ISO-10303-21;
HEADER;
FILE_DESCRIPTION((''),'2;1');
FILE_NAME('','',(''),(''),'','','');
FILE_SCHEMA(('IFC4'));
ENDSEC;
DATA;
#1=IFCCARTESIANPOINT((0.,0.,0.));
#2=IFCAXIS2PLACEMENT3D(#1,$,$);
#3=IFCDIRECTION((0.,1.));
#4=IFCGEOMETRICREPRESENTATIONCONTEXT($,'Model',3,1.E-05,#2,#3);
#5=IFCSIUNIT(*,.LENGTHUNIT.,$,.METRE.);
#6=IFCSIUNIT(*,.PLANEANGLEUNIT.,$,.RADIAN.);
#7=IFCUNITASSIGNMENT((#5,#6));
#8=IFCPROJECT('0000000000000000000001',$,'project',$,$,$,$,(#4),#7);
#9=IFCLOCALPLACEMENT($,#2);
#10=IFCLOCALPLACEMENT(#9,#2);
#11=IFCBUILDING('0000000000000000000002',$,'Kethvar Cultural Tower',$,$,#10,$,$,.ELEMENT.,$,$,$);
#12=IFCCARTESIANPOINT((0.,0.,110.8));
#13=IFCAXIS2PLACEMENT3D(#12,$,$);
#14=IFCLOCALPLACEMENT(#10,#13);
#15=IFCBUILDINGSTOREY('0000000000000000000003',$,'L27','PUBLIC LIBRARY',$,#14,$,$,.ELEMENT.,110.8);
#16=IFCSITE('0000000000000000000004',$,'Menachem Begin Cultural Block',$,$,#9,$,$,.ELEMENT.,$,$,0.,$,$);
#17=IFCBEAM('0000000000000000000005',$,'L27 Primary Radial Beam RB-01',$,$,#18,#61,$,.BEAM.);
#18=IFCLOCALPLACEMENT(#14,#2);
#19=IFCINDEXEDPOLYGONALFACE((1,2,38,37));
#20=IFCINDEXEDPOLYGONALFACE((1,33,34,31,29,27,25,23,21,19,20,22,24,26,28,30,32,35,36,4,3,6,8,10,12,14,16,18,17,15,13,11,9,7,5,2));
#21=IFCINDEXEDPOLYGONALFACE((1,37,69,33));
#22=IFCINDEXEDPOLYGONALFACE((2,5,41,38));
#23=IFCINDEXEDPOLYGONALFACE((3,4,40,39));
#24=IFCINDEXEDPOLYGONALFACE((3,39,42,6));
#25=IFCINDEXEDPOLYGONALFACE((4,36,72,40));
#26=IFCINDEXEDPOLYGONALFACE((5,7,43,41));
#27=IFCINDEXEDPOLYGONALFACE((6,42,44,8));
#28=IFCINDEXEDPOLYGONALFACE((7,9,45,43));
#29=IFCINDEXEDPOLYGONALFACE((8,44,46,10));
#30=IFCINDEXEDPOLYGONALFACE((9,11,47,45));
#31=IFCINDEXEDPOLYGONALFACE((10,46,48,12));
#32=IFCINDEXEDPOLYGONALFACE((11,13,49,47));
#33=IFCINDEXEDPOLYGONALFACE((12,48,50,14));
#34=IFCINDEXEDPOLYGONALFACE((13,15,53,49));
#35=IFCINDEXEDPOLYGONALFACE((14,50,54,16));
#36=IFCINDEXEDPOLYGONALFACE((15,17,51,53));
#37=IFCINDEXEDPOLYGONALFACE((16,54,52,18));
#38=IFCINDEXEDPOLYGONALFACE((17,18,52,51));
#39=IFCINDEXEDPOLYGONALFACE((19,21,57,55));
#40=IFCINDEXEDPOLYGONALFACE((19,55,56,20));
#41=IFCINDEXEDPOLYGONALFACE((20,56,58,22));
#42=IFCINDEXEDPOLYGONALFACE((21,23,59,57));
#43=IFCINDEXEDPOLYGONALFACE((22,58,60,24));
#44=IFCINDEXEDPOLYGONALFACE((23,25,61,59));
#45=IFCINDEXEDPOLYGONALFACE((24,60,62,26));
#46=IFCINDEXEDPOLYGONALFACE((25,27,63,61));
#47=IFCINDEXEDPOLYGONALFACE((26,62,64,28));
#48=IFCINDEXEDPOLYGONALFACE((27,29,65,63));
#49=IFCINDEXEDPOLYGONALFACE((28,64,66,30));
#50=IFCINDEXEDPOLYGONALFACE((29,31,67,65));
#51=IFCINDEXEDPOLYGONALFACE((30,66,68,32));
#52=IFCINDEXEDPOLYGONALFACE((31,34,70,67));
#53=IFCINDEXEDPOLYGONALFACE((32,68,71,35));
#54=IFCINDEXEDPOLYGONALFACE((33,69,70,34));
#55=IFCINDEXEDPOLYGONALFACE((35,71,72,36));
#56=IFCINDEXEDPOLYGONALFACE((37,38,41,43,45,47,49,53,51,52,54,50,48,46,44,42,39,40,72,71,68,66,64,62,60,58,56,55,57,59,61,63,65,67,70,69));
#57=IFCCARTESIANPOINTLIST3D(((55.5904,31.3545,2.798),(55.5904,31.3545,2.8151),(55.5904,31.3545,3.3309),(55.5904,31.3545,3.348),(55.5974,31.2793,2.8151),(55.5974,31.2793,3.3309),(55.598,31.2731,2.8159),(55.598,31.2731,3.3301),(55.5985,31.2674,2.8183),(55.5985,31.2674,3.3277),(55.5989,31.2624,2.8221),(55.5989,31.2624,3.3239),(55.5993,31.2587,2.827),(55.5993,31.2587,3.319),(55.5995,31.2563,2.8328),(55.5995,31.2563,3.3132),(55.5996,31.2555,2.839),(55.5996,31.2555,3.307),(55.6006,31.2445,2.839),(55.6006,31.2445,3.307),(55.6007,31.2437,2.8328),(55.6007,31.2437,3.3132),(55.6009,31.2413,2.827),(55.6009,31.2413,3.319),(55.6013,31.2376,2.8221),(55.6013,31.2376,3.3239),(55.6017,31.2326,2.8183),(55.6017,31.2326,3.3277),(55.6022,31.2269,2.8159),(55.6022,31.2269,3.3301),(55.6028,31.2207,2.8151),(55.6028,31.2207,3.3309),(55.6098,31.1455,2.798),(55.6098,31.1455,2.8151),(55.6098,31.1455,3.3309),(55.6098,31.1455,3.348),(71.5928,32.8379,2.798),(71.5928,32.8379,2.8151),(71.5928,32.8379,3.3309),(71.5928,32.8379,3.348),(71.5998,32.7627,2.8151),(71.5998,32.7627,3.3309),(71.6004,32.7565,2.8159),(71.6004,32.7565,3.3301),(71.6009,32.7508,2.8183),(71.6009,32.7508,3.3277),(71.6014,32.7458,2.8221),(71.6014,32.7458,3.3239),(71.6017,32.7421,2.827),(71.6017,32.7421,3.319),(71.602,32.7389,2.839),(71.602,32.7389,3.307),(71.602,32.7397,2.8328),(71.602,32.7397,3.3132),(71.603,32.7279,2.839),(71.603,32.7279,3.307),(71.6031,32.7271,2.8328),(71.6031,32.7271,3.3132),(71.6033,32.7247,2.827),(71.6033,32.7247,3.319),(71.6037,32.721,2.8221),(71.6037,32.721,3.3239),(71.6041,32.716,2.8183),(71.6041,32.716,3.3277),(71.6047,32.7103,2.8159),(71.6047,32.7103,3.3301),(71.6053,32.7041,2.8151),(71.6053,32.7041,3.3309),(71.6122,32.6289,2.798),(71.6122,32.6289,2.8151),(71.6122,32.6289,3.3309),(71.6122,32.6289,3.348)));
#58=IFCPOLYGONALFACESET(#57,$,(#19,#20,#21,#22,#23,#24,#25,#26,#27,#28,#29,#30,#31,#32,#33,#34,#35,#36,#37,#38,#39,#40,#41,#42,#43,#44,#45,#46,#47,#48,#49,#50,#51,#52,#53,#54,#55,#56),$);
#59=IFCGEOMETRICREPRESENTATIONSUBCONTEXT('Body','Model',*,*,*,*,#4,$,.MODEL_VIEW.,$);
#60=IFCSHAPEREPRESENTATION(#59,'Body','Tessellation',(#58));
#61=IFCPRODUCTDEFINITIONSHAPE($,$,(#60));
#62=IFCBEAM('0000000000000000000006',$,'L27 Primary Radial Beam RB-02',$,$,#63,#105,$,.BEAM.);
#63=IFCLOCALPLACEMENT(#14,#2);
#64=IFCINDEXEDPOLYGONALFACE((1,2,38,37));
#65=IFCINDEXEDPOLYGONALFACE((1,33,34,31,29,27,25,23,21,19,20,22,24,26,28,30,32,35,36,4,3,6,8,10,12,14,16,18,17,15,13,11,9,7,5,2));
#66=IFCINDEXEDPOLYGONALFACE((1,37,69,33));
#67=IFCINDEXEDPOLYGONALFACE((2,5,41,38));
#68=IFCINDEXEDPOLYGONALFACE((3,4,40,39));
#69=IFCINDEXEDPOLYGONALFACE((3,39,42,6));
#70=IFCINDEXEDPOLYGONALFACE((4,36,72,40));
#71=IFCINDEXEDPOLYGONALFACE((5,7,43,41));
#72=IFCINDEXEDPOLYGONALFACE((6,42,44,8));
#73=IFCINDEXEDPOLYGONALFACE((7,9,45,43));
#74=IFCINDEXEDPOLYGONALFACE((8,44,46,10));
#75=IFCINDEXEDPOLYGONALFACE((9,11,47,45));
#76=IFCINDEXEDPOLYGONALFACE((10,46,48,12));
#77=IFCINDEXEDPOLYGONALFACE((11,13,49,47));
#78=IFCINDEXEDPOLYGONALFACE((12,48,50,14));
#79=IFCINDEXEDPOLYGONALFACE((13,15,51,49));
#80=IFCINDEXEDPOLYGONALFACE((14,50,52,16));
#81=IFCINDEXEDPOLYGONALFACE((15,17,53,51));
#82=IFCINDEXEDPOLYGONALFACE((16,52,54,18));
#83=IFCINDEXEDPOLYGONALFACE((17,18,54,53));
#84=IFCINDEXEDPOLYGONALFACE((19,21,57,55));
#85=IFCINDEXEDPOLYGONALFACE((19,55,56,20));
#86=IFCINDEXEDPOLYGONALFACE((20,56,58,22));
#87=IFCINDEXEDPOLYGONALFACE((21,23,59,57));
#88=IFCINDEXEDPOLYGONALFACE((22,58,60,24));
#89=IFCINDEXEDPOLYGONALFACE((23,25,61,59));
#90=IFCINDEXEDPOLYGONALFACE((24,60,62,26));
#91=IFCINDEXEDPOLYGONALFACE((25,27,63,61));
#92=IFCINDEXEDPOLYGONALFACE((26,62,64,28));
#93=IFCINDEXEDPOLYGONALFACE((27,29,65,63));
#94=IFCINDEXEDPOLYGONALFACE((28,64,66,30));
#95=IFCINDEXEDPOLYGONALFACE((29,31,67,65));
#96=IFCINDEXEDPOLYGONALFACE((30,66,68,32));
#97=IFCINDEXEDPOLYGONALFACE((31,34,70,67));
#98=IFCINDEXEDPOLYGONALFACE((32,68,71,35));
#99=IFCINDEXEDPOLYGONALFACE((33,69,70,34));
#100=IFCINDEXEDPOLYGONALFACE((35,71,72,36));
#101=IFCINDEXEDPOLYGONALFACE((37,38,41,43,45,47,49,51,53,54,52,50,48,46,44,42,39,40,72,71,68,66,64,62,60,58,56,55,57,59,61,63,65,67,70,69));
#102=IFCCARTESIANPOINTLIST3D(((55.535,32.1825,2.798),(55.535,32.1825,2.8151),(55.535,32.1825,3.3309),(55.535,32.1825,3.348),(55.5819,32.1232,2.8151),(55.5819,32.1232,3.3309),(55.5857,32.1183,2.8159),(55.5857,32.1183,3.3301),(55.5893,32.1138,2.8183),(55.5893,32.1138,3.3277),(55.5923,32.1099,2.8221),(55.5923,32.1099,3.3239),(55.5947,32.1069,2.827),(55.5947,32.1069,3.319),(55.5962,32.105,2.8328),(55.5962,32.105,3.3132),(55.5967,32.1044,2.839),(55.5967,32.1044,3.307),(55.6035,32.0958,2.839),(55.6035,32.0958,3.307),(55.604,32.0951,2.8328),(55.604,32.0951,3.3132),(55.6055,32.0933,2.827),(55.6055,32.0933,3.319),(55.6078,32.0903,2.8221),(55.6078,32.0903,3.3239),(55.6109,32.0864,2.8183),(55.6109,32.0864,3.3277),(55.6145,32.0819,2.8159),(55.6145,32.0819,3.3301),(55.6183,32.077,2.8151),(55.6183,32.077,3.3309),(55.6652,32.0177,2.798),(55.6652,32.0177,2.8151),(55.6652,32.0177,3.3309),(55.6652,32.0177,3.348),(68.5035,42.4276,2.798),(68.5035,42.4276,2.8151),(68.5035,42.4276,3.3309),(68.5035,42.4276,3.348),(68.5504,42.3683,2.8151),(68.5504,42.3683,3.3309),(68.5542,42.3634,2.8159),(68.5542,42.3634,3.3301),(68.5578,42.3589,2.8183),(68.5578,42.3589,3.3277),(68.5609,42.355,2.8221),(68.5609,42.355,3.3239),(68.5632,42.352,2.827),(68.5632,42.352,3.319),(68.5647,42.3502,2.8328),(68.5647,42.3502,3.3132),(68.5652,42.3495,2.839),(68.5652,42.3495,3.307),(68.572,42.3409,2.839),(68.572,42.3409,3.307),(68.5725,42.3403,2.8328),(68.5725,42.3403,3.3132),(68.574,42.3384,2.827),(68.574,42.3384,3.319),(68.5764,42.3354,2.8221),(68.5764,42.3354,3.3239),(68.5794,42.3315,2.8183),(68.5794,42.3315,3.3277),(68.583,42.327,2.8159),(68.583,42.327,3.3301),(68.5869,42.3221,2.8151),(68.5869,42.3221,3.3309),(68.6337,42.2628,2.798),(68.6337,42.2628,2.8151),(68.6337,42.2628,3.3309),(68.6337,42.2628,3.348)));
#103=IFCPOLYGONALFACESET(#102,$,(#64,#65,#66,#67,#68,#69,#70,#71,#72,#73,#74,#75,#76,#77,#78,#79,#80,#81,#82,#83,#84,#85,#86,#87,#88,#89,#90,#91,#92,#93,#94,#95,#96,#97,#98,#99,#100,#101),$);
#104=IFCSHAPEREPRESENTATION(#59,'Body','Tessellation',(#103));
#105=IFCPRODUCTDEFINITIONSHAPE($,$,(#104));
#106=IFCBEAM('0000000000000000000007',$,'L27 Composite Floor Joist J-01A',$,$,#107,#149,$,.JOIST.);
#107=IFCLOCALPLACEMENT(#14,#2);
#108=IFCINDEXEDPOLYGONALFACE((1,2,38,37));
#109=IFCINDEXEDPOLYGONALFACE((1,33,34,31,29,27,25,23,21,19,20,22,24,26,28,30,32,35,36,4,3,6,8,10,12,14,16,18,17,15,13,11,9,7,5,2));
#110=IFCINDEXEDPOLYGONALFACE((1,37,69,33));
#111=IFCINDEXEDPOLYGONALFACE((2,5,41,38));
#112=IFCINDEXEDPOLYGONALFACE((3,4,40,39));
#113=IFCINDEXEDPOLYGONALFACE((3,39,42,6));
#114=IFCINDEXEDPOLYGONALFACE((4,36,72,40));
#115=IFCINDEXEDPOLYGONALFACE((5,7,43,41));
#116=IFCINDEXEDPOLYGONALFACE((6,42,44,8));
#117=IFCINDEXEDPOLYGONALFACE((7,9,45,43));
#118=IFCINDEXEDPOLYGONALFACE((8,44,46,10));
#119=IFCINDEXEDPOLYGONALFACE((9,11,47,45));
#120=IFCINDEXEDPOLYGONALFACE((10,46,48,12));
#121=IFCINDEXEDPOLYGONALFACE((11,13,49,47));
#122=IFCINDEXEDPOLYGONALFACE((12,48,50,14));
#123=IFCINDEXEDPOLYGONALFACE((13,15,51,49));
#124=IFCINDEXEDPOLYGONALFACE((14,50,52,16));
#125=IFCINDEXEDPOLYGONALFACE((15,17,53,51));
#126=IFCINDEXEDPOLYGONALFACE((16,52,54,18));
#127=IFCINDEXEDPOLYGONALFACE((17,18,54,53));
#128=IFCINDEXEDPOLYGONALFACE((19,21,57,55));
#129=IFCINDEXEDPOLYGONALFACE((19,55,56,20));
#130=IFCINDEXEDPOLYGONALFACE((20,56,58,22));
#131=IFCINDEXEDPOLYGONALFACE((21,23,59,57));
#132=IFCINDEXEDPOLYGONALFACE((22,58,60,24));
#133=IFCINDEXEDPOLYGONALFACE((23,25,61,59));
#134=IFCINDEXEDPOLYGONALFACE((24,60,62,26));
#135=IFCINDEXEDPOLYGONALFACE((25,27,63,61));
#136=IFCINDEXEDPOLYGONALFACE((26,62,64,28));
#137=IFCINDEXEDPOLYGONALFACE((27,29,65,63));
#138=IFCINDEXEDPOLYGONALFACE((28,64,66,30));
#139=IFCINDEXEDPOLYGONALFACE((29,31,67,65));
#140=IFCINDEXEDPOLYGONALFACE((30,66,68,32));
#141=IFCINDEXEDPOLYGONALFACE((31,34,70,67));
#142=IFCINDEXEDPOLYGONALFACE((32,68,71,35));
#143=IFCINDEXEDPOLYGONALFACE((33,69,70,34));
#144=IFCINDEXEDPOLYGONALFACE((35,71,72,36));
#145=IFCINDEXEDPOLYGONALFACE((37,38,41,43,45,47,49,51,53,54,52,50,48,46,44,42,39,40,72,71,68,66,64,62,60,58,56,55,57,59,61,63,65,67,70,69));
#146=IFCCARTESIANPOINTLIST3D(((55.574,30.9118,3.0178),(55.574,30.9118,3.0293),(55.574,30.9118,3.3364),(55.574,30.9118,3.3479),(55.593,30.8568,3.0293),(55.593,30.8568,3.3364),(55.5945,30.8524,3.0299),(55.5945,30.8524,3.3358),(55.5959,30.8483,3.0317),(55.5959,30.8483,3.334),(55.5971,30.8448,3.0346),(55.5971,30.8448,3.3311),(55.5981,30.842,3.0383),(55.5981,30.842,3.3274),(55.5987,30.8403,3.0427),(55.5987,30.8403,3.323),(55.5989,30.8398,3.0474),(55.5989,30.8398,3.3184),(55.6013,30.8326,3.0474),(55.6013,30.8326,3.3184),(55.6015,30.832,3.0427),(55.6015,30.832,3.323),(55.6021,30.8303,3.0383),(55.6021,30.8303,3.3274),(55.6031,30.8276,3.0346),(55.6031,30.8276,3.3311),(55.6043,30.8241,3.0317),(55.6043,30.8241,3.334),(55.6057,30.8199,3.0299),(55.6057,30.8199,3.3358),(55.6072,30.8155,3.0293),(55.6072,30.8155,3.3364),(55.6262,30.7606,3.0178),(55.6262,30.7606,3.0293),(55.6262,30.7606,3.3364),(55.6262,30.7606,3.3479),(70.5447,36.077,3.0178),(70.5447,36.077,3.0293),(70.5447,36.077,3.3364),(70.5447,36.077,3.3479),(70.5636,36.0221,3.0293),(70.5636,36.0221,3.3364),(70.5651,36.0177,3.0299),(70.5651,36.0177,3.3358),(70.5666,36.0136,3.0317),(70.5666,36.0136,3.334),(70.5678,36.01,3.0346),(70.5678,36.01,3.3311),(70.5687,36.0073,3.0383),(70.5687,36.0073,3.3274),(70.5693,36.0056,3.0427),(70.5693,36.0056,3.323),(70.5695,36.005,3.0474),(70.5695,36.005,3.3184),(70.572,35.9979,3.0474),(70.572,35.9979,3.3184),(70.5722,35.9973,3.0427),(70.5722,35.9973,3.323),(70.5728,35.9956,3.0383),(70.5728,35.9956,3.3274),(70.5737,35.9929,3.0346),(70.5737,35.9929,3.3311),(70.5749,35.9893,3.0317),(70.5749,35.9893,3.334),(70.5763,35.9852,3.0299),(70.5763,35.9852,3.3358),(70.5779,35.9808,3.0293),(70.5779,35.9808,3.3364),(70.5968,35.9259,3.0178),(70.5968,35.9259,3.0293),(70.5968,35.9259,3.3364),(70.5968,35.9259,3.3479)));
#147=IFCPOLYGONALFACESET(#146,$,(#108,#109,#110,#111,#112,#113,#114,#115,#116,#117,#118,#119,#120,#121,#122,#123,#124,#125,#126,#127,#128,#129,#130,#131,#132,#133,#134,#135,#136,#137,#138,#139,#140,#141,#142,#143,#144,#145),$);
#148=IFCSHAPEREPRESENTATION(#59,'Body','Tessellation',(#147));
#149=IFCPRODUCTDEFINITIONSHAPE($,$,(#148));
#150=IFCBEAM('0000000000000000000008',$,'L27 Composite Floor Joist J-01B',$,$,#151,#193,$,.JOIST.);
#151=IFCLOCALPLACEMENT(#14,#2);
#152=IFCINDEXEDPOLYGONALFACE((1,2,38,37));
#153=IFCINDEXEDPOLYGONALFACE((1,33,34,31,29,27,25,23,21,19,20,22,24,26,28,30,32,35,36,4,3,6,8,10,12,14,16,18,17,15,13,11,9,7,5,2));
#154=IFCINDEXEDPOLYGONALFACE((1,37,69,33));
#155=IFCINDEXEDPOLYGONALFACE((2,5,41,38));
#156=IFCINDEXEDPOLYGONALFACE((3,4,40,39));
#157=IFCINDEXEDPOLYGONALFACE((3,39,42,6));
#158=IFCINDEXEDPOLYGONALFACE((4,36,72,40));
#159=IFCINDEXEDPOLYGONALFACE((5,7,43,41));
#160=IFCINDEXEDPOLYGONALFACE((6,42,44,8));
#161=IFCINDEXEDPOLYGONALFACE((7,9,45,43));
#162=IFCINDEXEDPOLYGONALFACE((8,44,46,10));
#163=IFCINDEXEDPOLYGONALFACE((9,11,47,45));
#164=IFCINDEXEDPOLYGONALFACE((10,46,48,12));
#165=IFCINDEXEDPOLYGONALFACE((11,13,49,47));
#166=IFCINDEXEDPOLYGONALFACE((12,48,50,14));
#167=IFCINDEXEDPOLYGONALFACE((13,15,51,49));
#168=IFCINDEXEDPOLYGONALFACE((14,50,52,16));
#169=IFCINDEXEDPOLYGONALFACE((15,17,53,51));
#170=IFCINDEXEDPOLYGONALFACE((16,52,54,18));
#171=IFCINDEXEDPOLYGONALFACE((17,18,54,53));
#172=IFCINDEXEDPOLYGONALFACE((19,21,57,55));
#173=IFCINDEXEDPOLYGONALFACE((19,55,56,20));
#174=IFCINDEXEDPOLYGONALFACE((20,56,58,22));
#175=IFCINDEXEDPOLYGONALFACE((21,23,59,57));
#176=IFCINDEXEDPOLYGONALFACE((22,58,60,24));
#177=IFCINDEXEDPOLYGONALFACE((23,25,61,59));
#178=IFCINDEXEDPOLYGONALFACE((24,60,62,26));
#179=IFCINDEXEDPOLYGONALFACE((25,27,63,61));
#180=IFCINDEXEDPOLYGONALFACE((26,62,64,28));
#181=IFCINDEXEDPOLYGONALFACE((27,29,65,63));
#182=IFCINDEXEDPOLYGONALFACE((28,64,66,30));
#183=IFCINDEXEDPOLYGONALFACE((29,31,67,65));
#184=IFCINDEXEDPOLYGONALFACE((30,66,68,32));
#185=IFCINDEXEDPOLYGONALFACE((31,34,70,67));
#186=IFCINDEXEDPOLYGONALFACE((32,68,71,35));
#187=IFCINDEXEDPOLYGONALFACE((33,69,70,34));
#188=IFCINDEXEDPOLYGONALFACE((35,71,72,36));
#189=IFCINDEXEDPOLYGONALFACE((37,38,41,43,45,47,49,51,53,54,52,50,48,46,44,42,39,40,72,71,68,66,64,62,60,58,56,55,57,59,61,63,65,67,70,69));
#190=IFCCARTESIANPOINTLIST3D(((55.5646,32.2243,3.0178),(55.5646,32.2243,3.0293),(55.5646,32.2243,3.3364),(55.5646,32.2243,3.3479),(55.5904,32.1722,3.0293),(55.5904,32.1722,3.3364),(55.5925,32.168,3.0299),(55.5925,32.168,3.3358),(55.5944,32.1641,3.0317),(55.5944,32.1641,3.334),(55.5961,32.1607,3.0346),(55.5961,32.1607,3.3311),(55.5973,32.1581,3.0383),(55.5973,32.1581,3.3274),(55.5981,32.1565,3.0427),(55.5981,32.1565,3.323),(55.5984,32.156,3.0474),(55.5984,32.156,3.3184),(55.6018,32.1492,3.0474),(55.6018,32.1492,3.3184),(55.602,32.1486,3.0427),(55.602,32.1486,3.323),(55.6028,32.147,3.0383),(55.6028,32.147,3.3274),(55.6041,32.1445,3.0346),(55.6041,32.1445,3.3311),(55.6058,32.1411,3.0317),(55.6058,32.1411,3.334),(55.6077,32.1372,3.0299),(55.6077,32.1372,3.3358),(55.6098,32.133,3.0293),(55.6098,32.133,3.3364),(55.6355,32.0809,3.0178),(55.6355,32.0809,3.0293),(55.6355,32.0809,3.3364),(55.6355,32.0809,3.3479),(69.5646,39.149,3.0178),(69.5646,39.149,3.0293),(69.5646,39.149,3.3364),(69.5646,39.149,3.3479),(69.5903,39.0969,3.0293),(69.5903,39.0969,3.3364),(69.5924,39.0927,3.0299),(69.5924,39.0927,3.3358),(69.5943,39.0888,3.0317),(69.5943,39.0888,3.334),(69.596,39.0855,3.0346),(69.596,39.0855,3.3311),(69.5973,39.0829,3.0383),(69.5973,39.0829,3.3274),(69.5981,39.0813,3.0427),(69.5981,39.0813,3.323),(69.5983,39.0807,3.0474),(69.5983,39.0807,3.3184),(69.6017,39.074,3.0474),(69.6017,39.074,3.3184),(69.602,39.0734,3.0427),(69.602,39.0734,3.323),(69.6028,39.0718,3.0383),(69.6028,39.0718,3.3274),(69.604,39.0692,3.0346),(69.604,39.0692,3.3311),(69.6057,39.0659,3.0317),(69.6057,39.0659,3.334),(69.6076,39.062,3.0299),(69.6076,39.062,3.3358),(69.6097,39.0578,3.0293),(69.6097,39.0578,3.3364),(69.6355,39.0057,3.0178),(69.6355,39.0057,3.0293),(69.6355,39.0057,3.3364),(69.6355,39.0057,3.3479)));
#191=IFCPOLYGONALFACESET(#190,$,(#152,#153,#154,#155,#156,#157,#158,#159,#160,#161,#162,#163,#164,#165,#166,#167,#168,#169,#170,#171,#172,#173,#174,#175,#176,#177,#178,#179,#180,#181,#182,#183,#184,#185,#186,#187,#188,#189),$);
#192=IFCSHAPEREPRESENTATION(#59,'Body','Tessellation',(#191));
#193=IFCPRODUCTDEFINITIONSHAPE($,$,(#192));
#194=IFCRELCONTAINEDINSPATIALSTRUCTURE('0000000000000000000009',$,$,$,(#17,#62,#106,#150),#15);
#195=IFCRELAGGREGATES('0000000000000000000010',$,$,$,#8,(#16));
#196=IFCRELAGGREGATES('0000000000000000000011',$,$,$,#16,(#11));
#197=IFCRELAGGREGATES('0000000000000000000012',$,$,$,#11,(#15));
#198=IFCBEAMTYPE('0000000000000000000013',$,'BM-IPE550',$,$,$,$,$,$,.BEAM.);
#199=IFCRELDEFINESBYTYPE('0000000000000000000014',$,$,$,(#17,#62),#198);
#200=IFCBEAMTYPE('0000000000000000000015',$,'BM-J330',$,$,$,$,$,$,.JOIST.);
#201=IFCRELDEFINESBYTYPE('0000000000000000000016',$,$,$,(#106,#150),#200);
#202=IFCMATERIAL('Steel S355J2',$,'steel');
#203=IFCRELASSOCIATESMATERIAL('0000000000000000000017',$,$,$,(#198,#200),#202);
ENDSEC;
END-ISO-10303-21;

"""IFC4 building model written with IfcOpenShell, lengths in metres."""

from ifc_helpers import new_model, si_unit, direction, frame, origin, origin_2d, place, context, subcontext, project, spatial, i_section, extrude, source, transform, mapped, material, material_profile, profile_set, type_object, element, save


model = new_model("IFC4")

# Units and contexts
model_context = context("Model", 3, precision=1e-05, world=origin(), true_north=direction((0.0, 1.0)))
body_context = subcontext(model_context, "Body", "Model", "MODEL_VIEW")
ifc_project = project(units=[si_unit("LENGTHUNIT", "METRE"), si_unit("PLANEANGLEUNIT", "RADIAN")], contexts=[model_context])

# Site, building, storey
site_placement = place(None, origin())
site = spatial("IfcSite", under=ifc_project, at=site_placement, Name="Menachem Begin Cultural Block", CompositionType="ELEMENT", RefElevation=0.0)
building_placement = place(site_placement, origin())
building = spatial("IfcBuilding", under=site, at=building_placement, Name="Kethvar Cultural Tower", CompositionType="ELEMENT")
storey_placement = place(building_placement, frame((0.0, 0.0, 110.8)))
storey = spatial("IfcBuildingStorey", under=building, at=storey_placement, Name="L27", Description="PUBLIC LIBRARY", CompositionType="ELEMENT", Elevation=110.8)

# Beams
ifc_material_1 = material(Name="Steel S355J2", Category="steel")
ifc_material_profile_1 = material_profile(ifc_material_1, i_section(OverallWidth=0.21, OverallDepth=0.55, WebThickness=0.011, FlangeThickness=0.0171, FilletRadius=0.0239, at=origin_2d()), Name="Steel S355J2 — IPE550")
ifc_profile_set_1 = profile_set([ifc_material_profile_1], Name="Steel S355J2 — IPE550")
beam_type_1 = type_object("IfcBeamType", Name="BM-IPE550", PredefinedType="BEAM", material=ifc_profile_set_1)
shared_shape_1 = source(origin(), body_context, "Body", "SweptSolid", [
    extrude(i_section(OverallWidth=0.21, OverallDepth=0.55, WebThickness=0.011, FlangeThickness=0.0171, FilletRadius=0.0239, at=origin_2d()), origin(), (0.0, 0.0, 1.0), 16.071),
])
beam_1_placement = place(storey_placement, frame((55.6001, 31.25, 3.073), z_axis=(0.995731, 0.092303, 0.0), x_axis=(-0.092303, 0.995731, 0.0)))
element("IfcBeam", 1, at=beam_1_placement, inside=storey, type_object=beam_type_1, Name="L27 Primary Radial Beam RB-01", PredefinedType="BEAM", context=body_context, shape_type="MappedRepresentation", body=[
    mapped(shared_shape_1, transform((0.0, 0.0, 0.0), scale=1.0)),
])
shared_shape_2 = source(origin(), body_context, "Body", "SweptSolid", [
    extrude(i_section(OverallWidth=0.21, OverallDepth=0.55, WebThickness=0.011, FlangeThickness=0.0171, FilletRadius=0.0239, at=origin_2d()), origin(), (0.0, 0.0, 1.0), 16.5271),
])
beam_2_placement = place(storey_placement, frame((55.6001, 32.1001, 3.073), z_axis=(0.784682, 0.619899, 0.0), x_axis=(-0.619899, 0.784682, 0.0)))
element("IfcBeam", 2, at=beam_2_placement, inside=storey, type_object=beam_type_1, Name="L27 Primary Radial Beam RB-02", PredefinedType="BEAM", context=body_context, shape_type="MappedRepresentation", body=[
    mapped(shared_shape_2, transform((0.0, 0.0, 0.0), scale=1.0)),
])
ifc_material_profile_2 = material_profile(ifc_material_1, i_section(OverallWidth=0.1599, OverallDepth=0.3301, WebThickness=0.0076, FlangeThickness=0.0115, FilletRadius=0.0181, at=origin_2d()), Name="Steel S355J2 — IPE330")
ifc_profile_set_2 = profile_set([ifc_material_profile_2], Name="Steel S355J2 — IPE330")
beam_type_2 = type_object("IfcBeamType", Name="BM-J330", PredefinedType="JOIST", material=ifc_profile_set_2)
shared_shape_3 = source(origin(), body_context, "Body", "SweptSolid", [
    extrude(i_section(OverallWidth=0.1599, OverallDepth=0.3301, WebThickness=0.0076, FlangeThickness=0.0115, FilletRadius=0.0181, at=origin_2d()), origin(), (0.0, 0.0, 1.0), 15.8367),
])
beam_3_placement = place(storey_placement, frame((55.6001, 30.8362, 3.1829), z_axis=(0.945315, 0.326158, 0.0), x_axis=(-0.326158, 0.945315, 0.0)))
element("IfcBeam", 3, at=beam_3_placement, inside=storey, type_object=beam_type_2, Name="L27 Composite Floor Joist J-01A", PredefinedType="JOIST", context=body_context, shape_type="MappedRepresentation", body=[
    mapped(shared_shape_3, transform((0.0, 0.0, 0.0), scale=1.0)),
])
shared_shape_4 = source(origin(), body_context, "Body", "SweptSolid", [
    extrude(i_section(OverallWidth=0.1599, OverallDepth=0.3301, WebThickness=0.0076, FlangeThickness=0.0115, FilletRadius=0.0181, at=origin_2d()), origin(), (0.0, 0.0, 1.0), 15.6189),
])
beam_4_placement = place(storey_placement, frame((55.6001, 32.1526, 3.1829), z_axis=(0.896345, 0.443358, 0.0), x_axis=(-0.443358, 0.896345, 0.0)))
element("IfcBeam", 4, at=beam_4_placement, inside=storey, type_object=beam_type_2, Name="L27 Composite Floor Joist J-01B", PredefinedType="JOIST", context=body_context, shape_type="MappedRepresentation", body=[
    mapped(shared_shape_4, transform((0.0, 0.0, 0.0), scale=1.0)),
])

save(model, "model.ifc")
